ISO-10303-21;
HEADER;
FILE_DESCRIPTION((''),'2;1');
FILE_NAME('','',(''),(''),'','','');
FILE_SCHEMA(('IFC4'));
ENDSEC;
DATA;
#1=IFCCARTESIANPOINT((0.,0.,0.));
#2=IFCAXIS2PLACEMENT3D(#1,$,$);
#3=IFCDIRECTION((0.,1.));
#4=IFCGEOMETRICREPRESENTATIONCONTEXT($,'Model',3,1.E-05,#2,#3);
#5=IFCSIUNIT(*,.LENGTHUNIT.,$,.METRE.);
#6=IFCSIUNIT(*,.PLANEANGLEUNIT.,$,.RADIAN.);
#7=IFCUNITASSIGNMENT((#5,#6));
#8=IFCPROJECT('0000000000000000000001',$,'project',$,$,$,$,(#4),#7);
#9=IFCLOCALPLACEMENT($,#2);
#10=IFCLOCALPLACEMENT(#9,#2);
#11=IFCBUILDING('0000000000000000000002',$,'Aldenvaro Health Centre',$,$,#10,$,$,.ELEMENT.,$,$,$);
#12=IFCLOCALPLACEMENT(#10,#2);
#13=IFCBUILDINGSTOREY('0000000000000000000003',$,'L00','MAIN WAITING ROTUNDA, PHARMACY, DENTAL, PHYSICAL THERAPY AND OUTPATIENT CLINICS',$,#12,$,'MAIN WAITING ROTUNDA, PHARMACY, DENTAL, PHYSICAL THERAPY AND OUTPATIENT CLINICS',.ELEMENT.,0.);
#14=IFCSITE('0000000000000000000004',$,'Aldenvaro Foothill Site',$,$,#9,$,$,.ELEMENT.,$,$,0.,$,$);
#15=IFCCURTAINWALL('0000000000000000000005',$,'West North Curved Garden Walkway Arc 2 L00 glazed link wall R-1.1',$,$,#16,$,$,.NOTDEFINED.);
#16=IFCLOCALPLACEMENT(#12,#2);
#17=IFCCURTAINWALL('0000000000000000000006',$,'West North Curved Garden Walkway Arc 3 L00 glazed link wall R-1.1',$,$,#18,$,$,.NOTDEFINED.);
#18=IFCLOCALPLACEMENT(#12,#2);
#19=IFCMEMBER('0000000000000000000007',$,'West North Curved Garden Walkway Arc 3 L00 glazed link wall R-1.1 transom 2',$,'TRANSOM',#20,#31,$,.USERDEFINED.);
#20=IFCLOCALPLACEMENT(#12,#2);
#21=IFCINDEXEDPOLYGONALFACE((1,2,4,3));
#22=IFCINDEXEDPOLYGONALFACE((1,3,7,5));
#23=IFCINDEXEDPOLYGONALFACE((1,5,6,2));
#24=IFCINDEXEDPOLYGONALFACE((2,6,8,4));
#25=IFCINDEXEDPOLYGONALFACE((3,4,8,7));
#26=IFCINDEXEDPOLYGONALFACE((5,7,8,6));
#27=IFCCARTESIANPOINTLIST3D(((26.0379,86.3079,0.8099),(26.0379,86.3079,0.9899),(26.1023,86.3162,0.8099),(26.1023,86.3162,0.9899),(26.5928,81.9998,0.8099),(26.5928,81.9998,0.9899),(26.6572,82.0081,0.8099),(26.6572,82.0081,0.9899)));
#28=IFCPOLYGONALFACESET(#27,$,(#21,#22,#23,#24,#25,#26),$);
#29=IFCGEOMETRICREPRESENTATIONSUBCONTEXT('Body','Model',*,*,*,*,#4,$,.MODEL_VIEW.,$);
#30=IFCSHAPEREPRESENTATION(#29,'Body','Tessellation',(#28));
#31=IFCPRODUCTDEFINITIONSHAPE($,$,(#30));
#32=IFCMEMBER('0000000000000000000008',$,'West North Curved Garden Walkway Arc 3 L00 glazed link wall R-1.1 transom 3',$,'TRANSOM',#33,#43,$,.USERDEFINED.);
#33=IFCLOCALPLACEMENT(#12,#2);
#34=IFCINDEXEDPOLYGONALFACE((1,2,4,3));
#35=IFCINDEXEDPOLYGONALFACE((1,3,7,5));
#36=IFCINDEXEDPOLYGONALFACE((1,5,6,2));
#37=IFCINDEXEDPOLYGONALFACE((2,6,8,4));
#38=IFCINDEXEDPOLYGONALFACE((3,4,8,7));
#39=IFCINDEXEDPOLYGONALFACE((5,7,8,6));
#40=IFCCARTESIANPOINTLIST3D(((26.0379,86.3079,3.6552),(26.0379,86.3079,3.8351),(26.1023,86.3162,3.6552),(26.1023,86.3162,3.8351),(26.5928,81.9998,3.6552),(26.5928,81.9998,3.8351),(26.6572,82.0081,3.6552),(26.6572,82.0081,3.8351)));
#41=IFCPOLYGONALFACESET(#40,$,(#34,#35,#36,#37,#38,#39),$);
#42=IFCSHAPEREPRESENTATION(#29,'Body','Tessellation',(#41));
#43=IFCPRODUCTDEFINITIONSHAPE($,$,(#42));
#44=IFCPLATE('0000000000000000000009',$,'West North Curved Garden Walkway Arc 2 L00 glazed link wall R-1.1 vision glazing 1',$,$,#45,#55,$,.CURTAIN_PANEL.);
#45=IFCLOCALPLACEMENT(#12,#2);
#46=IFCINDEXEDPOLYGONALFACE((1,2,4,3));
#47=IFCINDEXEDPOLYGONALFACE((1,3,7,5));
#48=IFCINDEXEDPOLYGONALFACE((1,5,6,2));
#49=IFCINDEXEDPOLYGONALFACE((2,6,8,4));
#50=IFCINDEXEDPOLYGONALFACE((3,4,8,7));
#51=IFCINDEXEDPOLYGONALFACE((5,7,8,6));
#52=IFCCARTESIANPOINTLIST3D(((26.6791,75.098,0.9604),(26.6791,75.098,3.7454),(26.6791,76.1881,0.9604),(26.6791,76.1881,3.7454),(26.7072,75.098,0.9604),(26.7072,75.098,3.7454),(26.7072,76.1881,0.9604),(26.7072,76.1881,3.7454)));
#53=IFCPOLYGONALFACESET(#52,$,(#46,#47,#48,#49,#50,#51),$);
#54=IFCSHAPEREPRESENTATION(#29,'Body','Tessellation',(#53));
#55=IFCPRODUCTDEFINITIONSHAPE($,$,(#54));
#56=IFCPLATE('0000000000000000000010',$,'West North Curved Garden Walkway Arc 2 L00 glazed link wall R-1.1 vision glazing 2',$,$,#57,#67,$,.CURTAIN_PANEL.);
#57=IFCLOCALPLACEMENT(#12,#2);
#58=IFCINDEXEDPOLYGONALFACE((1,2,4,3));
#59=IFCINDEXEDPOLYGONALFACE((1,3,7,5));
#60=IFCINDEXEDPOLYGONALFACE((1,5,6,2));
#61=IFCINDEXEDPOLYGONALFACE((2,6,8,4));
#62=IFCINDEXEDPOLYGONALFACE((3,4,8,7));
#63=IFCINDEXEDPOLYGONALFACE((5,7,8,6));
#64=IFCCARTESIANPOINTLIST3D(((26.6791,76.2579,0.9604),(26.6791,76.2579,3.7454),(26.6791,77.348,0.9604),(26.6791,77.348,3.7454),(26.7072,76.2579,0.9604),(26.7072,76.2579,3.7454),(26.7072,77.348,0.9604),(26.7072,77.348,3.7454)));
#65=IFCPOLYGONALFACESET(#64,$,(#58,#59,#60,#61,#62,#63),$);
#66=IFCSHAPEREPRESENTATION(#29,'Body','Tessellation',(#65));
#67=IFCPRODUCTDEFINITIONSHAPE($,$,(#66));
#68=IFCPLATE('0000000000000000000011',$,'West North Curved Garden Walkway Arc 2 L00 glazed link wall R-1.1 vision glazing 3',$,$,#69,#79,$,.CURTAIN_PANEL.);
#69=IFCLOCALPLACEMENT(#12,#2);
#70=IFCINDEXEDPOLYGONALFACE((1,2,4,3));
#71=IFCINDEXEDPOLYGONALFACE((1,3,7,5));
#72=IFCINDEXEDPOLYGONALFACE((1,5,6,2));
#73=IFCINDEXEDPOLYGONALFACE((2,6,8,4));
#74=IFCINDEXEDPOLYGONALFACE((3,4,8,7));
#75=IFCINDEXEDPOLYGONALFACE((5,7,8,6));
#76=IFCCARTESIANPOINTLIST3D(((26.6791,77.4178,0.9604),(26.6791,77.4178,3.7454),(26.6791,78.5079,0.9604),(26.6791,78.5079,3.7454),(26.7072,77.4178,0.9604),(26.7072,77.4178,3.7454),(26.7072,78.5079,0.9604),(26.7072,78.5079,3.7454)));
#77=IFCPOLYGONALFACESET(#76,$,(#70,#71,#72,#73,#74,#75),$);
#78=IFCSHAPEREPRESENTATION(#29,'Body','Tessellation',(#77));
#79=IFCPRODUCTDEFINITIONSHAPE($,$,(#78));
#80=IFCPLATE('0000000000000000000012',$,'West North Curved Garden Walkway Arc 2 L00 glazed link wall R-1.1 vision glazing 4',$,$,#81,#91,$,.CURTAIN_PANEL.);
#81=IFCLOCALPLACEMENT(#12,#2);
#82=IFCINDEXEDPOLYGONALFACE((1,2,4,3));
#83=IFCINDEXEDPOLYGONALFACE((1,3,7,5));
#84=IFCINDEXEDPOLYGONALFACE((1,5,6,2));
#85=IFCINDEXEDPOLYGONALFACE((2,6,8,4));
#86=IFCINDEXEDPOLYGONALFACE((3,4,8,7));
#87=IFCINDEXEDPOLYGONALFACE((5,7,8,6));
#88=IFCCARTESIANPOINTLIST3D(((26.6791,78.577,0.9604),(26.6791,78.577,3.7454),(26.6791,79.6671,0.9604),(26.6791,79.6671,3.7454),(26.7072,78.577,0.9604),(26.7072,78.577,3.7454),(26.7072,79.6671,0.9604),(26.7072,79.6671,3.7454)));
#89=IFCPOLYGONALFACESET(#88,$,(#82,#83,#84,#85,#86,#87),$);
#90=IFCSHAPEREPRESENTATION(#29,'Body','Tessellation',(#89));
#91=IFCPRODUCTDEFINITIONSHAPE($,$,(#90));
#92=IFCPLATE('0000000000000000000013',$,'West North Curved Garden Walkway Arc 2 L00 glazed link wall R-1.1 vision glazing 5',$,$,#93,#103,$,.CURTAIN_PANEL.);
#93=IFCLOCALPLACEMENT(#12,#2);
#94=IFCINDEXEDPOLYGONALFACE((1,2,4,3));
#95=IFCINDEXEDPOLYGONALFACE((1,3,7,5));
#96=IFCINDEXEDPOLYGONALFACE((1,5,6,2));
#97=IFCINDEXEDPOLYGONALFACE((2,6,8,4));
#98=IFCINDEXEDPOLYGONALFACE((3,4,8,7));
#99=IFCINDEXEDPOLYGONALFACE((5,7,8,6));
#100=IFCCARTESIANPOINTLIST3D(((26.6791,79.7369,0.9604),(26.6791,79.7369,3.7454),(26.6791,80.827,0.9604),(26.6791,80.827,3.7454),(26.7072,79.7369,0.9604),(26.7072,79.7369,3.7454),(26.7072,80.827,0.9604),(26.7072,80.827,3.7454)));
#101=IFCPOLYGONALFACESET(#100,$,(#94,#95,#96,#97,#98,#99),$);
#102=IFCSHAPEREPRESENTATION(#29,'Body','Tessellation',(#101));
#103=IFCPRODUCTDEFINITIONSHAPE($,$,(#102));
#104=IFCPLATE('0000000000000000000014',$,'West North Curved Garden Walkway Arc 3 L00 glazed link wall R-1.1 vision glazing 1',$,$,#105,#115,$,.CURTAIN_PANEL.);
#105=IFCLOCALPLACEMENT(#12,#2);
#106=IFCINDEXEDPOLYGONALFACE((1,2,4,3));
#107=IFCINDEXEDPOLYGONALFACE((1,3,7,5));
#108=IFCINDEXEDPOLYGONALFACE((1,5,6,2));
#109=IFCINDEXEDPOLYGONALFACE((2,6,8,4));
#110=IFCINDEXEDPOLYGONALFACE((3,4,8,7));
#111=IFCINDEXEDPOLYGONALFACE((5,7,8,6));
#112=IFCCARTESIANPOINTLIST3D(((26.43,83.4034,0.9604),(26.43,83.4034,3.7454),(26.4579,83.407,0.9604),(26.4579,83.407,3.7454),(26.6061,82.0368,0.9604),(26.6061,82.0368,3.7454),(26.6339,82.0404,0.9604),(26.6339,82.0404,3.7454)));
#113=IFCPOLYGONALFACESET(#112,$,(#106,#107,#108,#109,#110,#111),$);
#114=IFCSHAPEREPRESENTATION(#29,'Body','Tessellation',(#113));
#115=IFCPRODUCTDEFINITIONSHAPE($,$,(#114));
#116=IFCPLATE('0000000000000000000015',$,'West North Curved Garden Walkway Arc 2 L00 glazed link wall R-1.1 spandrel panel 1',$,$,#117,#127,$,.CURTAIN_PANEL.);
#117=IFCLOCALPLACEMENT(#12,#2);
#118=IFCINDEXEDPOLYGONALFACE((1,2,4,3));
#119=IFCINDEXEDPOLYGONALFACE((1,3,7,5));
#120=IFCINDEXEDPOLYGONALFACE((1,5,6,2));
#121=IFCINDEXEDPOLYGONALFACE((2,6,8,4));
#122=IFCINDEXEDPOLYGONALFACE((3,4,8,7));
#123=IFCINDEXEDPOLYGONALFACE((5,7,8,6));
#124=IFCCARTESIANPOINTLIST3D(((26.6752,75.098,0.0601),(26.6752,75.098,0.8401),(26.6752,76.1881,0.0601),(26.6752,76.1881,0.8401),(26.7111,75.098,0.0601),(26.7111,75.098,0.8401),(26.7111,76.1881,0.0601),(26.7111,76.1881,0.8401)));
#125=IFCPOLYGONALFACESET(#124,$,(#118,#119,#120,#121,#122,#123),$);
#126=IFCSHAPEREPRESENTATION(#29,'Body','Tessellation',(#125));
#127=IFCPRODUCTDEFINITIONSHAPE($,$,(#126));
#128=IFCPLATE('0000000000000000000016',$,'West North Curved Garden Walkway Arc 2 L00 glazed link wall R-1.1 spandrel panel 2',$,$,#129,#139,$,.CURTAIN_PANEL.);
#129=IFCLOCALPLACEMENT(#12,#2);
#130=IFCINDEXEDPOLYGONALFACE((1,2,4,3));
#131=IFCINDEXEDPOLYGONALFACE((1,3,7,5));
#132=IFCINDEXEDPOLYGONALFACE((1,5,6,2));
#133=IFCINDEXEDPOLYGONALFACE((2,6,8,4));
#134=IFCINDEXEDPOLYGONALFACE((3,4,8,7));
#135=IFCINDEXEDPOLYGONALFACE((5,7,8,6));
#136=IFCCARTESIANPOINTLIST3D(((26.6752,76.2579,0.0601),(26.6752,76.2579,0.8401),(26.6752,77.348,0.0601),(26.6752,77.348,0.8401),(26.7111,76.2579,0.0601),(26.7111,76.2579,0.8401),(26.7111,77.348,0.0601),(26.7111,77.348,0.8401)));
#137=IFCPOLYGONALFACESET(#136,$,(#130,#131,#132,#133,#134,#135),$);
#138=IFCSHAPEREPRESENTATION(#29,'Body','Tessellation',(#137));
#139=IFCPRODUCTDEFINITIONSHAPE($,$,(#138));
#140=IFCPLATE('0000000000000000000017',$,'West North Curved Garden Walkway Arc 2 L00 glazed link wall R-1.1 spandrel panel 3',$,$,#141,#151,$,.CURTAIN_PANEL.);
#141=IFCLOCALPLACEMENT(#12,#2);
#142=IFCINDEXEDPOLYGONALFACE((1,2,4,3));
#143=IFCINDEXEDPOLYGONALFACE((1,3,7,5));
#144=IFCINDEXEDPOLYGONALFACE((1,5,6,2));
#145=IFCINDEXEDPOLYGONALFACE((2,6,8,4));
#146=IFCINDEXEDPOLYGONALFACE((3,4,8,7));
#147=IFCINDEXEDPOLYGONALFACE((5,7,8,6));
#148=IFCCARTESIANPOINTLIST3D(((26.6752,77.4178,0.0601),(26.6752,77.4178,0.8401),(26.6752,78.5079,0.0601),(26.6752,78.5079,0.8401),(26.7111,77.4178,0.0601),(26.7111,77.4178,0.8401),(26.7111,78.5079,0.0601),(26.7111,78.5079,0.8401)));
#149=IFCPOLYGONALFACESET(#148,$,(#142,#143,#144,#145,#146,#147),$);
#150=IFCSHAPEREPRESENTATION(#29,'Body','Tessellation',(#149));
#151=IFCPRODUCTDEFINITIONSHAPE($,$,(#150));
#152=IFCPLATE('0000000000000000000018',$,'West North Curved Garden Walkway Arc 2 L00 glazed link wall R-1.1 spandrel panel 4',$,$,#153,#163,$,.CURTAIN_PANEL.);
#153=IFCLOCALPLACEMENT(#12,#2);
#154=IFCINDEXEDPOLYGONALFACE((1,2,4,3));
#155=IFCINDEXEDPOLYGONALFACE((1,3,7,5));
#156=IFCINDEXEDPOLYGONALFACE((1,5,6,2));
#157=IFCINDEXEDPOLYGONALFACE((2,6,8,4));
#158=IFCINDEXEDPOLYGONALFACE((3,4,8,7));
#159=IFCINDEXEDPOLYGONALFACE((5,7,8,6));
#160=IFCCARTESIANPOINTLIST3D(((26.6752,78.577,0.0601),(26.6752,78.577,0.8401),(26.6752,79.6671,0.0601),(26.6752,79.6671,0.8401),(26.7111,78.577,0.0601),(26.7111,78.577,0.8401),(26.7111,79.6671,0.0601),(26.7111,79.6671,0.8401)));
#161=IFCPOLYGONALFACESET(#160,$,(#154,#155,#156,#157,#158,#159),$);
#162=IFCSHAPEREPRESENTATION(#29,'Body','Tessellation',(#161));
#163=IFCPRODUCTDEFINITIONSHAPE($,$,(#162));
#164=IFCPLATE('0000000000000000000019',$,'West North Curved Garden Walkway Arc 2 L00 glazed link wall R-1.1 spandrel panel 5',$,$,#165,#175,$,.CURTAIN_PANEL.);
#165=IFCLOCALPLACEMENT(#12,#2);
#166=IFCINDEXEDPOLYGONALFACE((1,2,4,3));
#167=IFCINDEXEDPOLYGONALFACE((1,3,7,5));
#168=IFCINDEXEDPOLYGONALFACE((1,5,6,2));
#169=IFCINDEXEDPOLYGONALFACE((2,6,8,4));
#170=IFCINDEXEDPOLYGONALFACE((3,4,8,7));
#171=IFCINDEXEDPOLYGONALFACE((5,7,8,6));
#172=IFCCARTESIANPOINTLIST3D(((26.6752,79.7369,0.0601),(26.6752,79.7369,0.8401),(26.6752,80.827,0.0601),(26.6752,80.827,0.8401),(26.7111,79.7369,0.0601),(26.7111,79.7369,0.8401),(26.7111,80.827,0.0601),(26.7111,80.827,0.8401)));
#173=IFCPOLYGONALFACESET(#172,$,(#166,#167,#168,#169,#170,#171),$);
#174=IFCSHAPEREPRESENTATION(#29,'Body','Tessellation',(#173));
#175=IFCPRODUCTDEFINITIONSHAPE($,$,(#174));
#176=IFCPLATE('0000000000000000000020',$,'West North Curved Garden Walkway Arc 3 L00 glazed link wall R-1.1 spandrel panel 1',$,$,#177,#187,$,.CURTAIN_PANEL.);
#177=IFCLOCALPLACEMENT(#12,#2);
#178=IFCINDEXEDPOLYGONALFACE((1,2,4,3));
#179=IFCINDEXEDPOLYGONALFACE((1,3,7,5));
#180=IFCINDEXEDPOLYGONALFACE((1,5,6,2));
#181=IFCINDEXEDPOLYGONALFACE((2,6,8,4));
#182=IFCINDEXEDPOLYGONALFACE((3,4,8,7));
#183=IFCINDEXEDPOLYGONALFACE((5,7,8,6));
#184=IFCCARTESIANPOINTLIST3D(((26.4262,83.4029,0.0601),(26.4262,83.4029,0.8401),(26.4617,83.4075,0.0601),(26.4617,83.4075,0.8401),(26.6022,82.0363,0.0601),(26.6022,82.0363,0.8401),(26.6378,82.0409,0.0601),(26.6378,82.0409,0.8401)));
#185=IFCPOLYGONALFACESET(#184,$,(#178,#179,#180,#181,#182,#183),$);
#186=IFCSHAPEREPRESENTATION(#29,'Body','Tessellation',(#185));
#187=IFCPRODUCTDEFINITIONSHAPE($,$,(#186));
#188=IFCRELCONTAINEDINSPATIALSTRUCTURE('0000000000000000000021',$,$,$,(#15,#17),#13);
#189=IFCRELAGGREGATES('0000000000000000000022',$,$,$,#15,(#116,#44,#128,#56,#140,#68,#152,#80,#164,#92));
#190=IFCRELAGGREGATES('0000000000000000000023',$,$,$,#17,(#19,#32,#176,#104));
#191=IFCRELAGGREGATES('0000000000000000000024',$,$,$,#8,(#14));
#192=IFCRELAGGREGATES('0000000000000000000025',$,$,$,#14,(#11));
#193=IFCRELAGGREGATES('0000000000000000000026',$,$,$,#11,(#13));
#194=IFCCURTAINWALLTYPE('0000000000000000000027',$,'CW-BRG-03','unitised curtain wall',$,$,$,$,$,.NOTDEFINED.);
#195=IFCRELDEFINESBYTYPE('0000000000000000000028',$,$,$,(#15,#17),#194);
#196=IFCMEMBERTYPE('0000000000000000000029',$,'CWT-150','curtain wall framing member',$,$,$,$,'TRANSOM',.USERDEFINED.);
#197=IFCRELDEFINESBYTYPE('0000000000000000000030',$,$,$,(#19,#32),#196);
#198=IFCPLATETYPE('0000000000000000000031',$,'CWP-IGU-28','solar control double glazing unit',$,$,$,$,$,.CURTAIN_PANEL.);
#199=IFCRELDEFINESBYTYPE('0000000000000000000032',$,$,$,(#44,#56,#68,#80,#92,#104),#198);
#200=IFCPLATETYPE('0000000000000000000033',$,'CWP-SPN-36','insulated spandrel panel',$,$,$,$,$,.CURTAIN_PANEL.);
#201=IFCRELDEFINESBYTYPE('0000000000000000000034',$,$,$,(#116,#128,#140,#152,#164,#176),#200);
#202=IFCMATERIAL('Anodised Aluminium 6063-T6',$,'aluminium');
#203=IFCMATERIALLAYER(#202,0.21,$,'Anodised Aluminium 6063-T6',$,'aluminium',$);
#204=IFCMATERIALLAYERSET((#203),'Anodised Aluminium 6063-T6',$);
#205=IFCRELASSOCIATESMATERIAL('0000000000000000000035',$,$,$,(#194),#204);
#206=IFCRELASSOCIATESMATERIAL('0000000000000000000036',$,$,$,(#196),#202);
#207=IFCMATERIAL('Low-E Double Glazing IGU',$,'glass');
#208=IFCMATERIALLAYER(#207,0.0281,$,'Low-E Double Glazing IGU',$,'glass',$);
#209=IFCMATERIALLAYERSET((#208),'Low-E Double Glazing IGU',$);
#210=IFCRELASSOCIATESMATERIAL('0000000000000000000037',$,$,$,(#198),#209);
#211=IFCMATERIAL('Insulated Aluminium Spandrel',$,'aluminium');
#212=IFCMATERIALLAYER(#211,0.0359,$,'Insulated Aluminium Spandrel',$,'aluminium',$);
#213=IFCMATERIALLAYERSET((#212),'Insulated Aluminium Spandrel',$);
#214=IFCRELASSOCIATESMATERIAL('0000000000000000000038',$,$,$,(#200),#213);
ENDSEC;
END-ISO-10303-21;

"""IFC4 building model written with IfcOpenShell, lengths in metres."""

from ifc_helpers import new_model, si_unit, direction, frame, origin, origin_2d, place, context, subcontext, project, spatial, rectangle, extrude, material, layer, layer_set, material_profile, profile_set, type_object, element, aggregate, save


model = new_model("IFC4")

# Units and contexts
model_context = context("Model", 3, precision=1e-05, world=origin(), true_north=direction((0.0, 1.0)))
body_context = subcontext(model_context, "Body", "Model", "MODEL_VIEW")
ifc_project = project(units=[si_unit("LENGTHUNIT", "METRE"), si_unit("PLANEANGLEUNIT", "RADIAN")], contexts=[model_context])

# Site, building, storey
site_placement = place(None, origin())
site = spatial("IfcSite", under=ifc_project, at=site_placement, Name="Aldenvaro Foothill Site", CompositionType="ELEMENT", RefElevation=0.0)
building_placement = place(site_placement, origin())
building = spatial("IfcBuilding", under=site, at=building_placement, Name="Aldenvaro Health Centre", CompositionType="ELEMENT")
storey_placement = place(building_placement, origin())
storey = spatial("IfcBuildingStorey", under=building, at=storey_placement, Name="L00", Description="MAIN WAITING ROTUNDA, PHARMACY, DENTAL, PHYSICAL THERAPY AND OUTPATIENT CLINICS", LongName="MAIN WAITING ROTUNDA, PHARMACY, DENTAL, PHYSICAL THERAPY AND OUTPATIENT CLINICS", CompositionType="ELEMENT", Elevation=0.0)

# Curtain walls, members
ifc_material_1 = material(Name="Anodised Aluminium 6063-T6", Category="aluminium")
ifc_layer_1 = layer(ifc_material_1, 0.21, Name="Anodised Aluminium 6063-T6", Category="aluminium")
ifc_layer_set_1 = layer_set([ifc_layer_1], Name="Anodised Aluminium 6063-T6")
curtain_wall_type = type_object("IfcCurtainWallType", Name="CW-BRG-03", Description="unitised curtain wall", PredefinedType="NOTDEFINED", material=ifc_layer_set_1)
curtain_wall_1_placement = place(storey_placement, origin())
curtain_wall_1 = element("IfcCurtainWall", 1, at=curtain_wall_1_placement, inside=storey, type_object=curtain_wall_type, Name="West North Curved Garden Walkway Arc 2 L00 glazed link wall R-1.1", PredefinedType="NOTDEFINED")
curtain_wall_2_placement = place(storey_placement, origin())
curtain_wall_2 = element("IfcCurtainWall", 2, at=curtain_wall_2_placement, inside=storey, type_object=curtain_wall_type, Name="West North Curved Garden Walkway Arc 3 L00 glazed link wall R-1.1", PredefinedType="NOTDEFINED")
ifc_material_profile_1 = material_profile(ifc_material_1, rectangle(XDim=0.0649, YDim=0.1799, at=origin_2d()), Name="ALU 65x180", Category="aluminium")
ifc_profile_set_1 = profile_set([ifc_material_profile_1], Name="Anodised Aluminium 6063-T6")
member_type_1 = type_object("IfcMemberType", Name="CWT-150", Description="curtain wall framing member", ElementType="TRANSOM", PredefinedType="USERDEFINED", material=ifc_profile_set_1)
member_1_placement = place(storey_placement, frame((26.625, 82.0039, 0.8999), z_axis=(-0.127756, 0.991806, 0.0), x_axis=(-0.991806, -0.127756, 0.0)))
member_1 = element("IfcMember", 3, at=member_1_placement, type_object=member_type_1, Name="West North Curved Garden Walkway Arc 3 L00 glazed link wall R-1.1 transom 2", ObjectType="TRANSOM", PredefinedType="USERDEFINED", context=body_context, shape_type="SweptSolid", body=[
    extrude(rectangle(XDim=0.0649, YDim=0.1799, at=origin_2d()), origin(), (0.0, 0.0, 1.0), 4.3438),
])
member_2_placement = place(storey_placement, frame((26.625, 82.0039, 3.7451), z_axis=(-0.127756, 0.991806, 0.0), x_axis=(-0.991806, -0.127756, 0.0)))
member_2 = element("IfcMember", 4, at=member_2_placement, type_object=member_type_1, Name="West North Curved Garden Walkway Arc 3 L00 glazed link wall R-1.1 transom 3", ObjectType="TRANSOM", PredefinedType="USERDEFINED", context=body_context, shape_type="SweptSolid", body=[
    extrude(rectangle(XDim=0.0649, YDim=0.1799, at=origin_2d()), origin(), (0.0, 0.0, 1.0), 4.3438),
])

# Plates
ifc_material_2 = material(Name="Low-E Double Glazing IGU", Category="glass")
ifc_layer_2 = layer(ifc_material_2, 0.0281, Name="Low-E Double Glazing IGU", Category="glass")
ifc_layer_set_2 = layer_set([ifc_layer_2], Name="Low-E Double Glazing IGU")
plate_type_1 = type_object("IfcPlateType", Name="CWP-IGU-28", Description="solar control double glazing unit", PredefinedType="CURTAIN_PANEL", material=ifc_layer_set_2)
plate_1_placement = place(storey_placement, frame((26.6931, 75.6431, 0.9604), z_axis=(0.0, 0.0, 1.0), x_axis=(0.0, 1.0, 0.0)))
plate_1 = element("IfcPlate", 5, at=plate_1_placement, type_object=plate_type_1, Name="West North Curved Garden Walkway Arc 2 L00 glazed link wall R-1.1 vision glazing 1", PredefinedType="CURTAIN_PANEL", context=body_context, shape_type="SweptSolid", body=[
    extrude(rectangle(XDim=1.0901, YDim=0.0281, at=origin_2d()), origin(), (0.0, 0.0, 1.0), 2.7849),
])
plate_2_placement = place(storey_placement, frame((26.6931, 76.803, 0.9604), z_axis=(0.0, 0.0, 1.0), x_axis=(0.0, 1.0, 0.0)))
plate_2 = element("IfcPlate", 6, at=plate_2_placement, type_object=plate_type_1, Name="West North Curved Garden Walkway Arc 2 L00 glazed link wall R-1.1 vision glazing 2", PredefinedType="CURTAIN_PANEL", context=body_context, shape_type="SweptSolid", body=[
    extrude(rectangle(XDim=1.0901, YDim=0.0281, at=origin_2d()), origin(), (0.0, 0.0, 1.0), 2.7849),
])
plate_3_placement = place(storey_placement, frame((26.6931, 77.9629, 0.9604), z_axis=(0.0, 0.0, 1.0), x_axis=(0.0, 1.0, 0.0)))
plate_3 = element("IfcPlate", 7, at=plate_3_placement, type_object=plate_type_1, Name="West North Curved Garden Walkway Arc 2 L00 glazed link wall R-1.1 vision glazing 3", PredefinedType="CURTAIN_PANEL", context=body_context, shape_type="SweptSolid", body=[
    extrude(rectangle(XDim=1.0901, YDim=0.0281, at=origin_2d()), origin(), (0.0, 0.0, 1.0), 2.7849),
])
plate_4_placement = place(storey_placement, frame((26.6931, 79.1221, 0.9604), z_axis=(0.0, 0.0, 1.0), x_axis=(0.0, 1.0, 0.0)))
plate_4 = element("IfcPlate", 8, at=plate_4_placement, type_object=plate_type_1, Name="West North Curved Garden Walkway Arc 2 L00 glazed link wall R-1.1 vision glazing 4", PredefinedType="CURTAIN_PANEL", context=body_context, shape_type="SweptSolid", body=[
    extrude(rectangle(XDim=1.0901, YDim=0.0281, at=origin_2d()), origin(), (0.0, 0.0, 1.0), 2.7849),
])
plate_5_placement = place(storey_placement, frame((26.6931, 80.282, 0.9604), z_axis=(0.0, 0.0, 1.0), x_axis=(0.0, 1.0, 0.0)))
plate_5 = element("IfcPlate", 9, at=plate_5_placement, type_object=plate_type_1, Name="West North Curved Garden Walkway Arc 2 L00 glazed link wall R-1.1 vision glazing 5", PredefinedType="CURTAIN_PANEL", context=body_context, shape_type="SweptSolid", body=[
    extrude(rectangle(XDim=1.0901, YDim=0.0281, at=origin_2d()), origin(), (0.0, 0.0, 1.0), 2.7849),
])
plate_6_placement = place(storey_placement, frame((26.532, 82.7219, 0.9604), z_axis=(0.0, 0.0, 1.0), x_axis=(-0.127774, 0.991803, 0.0)))
plate_6 = element("IfcPlate", 10, at=plate_6_placement, type_object=plate_type_1, Name="West North Curved Garden Walkway Arc 3 L00 glazed link wall R-1.1 vision glazing 1", PredefinedType="CURTAIN_PANEL", context=body_context, shape_type="SweptSolid", body=[
    extrude(rectangle(XDim=1.3779, YDim=0.0281, at=origin_2d()), origin(), (0.0, 0.0, 1.0), 2.7849),
])
ifc_material_3 = material(Name="Insulated Aluminium Spandrel", Category="aluminium")
ifc_layer_3 = layer(ifc_material_3, 0.0359, Name="Insulated Aluminium Spandrel", Category="aluminium")
ifc_layer_set_3 = layer_set([ifc_layer_3], Name="Insulated Aluminium Spandrel")
plate_type_2 = type_object("IfcPlateType", Name="CWP-SPN-36", Description="insulated spandrel panel", PredefinedType="CURTAIN_PANEL", material=ifc_layer_set_3)
plate_7_placement = place(storey_placement, frame((26.6931, 75.6431, 0.0601), z_axis=(0.0, 0.0, 1.0), x_axis=(0.0, 1.0, 0.0)))
plate_7 = element("IfcPlate", 11, at=plate_7_placement, type_object=plate_type_2, Name="West North Curved Garden Walkway Arc 2 L00 glazed link wall R-1.1 spandrel panel 1", PredefinedType="CURTAIN_PANEL", context=body_context, shape_type="SweptSolid", body=[
    extrude(rectangle(XDim=1.0901, YDim=0.0359, at=origin_2d()), origin(), (0.0, 0.0, 1.0), 0.78),
])
plate_8_placement = place(storey_placement, frame((26.6931, 76.803, 0.0601), z_axis=(0.0, 0.0, 1.0), x_axis=(0.0, 1.0, 0.0)))
plate_8 = element("IfcPlate", 12, at=plate_8_placement, type_object=plate_type_2, Name="West North Curved Garden Walkway Arc 2 L00 glazed link wall R-1.1 spandrel panel 2", PredefinedType="CURTAIN_PANEL", context=body_context, shape_type="SweptSolid", body=[
    extrude(rectangle(XDim=1.0901, YDim=0.0359, at=origin_2d()), origin(), (0.0, 0.0, 1.0), 0.78),
])
plate_9_placement = place(storey_placement, frame((26.6931, 77.9629, 0.0601), z_axis=(0.0, 0.0, 1.0), x_axis=(0.0, 1.0, 0.0)))
plate_9 = element("IfcPlate", 13, at=plate_9_placement, type_object=plate_type_2, Name="West North Curved Garden Walkway Arc 2 L00 glazed link wall R-1.1 spandrel panel 3", PredefinedType="CURTAIN_PANEL", context=body_context, shape_type="SweptSolid", body=[
    extrude(rectangle(XDim=1.0901, YDim=0.0359, at=origin_2d()), origin(), (0.0, 0.0, 1.0), 0.78),
])
plate_10_placement = place(storey_placement, frame((26.6931, 79.1221, 0.0601), z_axis=(0.0, 0.0, 1.0), x_axis=(0.0, 1.0, 0.0)))
plate_10 = element("IfcPlate", 14, at=plate_10_placement, type_object=plate_type_2, Name="West North Curved Garden Walkway Arc 2 L00 glazed link wall R-1.1 spandrel panel 4", PredefinedType="CURTAIN_PANEL", context=body_context, shape_type="SweptSolid", body=[
    extrude(rectangle(XDim=1.0901, YDim=0.0359, at=origin_2d()), origin(), (0.0, 0.0, 1.0), 0.78),
])
plate_11_placement = place(storey_placement, frame((26.6931, 80.282, 0.0601), z_axis=(0.0, 0.0, 1.0), x_axis=(0.0, 1.0, 0.0)))
plate_11 = element("IfcPlate", 15, at=plate_11_placement, type_object=plate_type_2, Name="West North Curved Garden Walkway Arc 2 L00 glazed link wall R-1.1 spandrel panel 5", PredefinedType="CURTAIN_PANEL", context=body_context, shape_type="SweptSolid", body=[
    extrude(rectangle(XDim=1.0901, YDim=0.0359, at=origin_2d()), origin(), (0.0, 0.0, 1.0), 0.78),
])
aggregate(curtain_wall_1, [plate_7, plate_1, plate_8, plate_2, plate_9, plate_3, plate_10, plate_4, plate_11, plate_5])
plate_12_placement = place(storey_placement, frame((26.532, 82.7219, 0.0601), z_axis=(0.0, 0.0, 1.0), x_axis=(-0.127774, 0.991803, 0.0)))
plate_12 = element("IfcPlate", 16, at=plate_12_placement, type_object=plate_type_2, Name="West North Curved Garden Walkway Arc 3 L00 glazed link wall R-1.1 spandrel panel 1", PredefinedType="CURTAIN_PANEL", context=body_context, shape_type="SweptSolid", body=[
    extrude(rectangle(XDim=1.3779, YDim=0.0359, at=origin_2d()), origin(), (0.0, 0.0, 1.0), 0.78),
])
aggregate(curtain_wall_2, [member_1, member_2, plate_12, plate_6])

save(model, "model.ifc")
